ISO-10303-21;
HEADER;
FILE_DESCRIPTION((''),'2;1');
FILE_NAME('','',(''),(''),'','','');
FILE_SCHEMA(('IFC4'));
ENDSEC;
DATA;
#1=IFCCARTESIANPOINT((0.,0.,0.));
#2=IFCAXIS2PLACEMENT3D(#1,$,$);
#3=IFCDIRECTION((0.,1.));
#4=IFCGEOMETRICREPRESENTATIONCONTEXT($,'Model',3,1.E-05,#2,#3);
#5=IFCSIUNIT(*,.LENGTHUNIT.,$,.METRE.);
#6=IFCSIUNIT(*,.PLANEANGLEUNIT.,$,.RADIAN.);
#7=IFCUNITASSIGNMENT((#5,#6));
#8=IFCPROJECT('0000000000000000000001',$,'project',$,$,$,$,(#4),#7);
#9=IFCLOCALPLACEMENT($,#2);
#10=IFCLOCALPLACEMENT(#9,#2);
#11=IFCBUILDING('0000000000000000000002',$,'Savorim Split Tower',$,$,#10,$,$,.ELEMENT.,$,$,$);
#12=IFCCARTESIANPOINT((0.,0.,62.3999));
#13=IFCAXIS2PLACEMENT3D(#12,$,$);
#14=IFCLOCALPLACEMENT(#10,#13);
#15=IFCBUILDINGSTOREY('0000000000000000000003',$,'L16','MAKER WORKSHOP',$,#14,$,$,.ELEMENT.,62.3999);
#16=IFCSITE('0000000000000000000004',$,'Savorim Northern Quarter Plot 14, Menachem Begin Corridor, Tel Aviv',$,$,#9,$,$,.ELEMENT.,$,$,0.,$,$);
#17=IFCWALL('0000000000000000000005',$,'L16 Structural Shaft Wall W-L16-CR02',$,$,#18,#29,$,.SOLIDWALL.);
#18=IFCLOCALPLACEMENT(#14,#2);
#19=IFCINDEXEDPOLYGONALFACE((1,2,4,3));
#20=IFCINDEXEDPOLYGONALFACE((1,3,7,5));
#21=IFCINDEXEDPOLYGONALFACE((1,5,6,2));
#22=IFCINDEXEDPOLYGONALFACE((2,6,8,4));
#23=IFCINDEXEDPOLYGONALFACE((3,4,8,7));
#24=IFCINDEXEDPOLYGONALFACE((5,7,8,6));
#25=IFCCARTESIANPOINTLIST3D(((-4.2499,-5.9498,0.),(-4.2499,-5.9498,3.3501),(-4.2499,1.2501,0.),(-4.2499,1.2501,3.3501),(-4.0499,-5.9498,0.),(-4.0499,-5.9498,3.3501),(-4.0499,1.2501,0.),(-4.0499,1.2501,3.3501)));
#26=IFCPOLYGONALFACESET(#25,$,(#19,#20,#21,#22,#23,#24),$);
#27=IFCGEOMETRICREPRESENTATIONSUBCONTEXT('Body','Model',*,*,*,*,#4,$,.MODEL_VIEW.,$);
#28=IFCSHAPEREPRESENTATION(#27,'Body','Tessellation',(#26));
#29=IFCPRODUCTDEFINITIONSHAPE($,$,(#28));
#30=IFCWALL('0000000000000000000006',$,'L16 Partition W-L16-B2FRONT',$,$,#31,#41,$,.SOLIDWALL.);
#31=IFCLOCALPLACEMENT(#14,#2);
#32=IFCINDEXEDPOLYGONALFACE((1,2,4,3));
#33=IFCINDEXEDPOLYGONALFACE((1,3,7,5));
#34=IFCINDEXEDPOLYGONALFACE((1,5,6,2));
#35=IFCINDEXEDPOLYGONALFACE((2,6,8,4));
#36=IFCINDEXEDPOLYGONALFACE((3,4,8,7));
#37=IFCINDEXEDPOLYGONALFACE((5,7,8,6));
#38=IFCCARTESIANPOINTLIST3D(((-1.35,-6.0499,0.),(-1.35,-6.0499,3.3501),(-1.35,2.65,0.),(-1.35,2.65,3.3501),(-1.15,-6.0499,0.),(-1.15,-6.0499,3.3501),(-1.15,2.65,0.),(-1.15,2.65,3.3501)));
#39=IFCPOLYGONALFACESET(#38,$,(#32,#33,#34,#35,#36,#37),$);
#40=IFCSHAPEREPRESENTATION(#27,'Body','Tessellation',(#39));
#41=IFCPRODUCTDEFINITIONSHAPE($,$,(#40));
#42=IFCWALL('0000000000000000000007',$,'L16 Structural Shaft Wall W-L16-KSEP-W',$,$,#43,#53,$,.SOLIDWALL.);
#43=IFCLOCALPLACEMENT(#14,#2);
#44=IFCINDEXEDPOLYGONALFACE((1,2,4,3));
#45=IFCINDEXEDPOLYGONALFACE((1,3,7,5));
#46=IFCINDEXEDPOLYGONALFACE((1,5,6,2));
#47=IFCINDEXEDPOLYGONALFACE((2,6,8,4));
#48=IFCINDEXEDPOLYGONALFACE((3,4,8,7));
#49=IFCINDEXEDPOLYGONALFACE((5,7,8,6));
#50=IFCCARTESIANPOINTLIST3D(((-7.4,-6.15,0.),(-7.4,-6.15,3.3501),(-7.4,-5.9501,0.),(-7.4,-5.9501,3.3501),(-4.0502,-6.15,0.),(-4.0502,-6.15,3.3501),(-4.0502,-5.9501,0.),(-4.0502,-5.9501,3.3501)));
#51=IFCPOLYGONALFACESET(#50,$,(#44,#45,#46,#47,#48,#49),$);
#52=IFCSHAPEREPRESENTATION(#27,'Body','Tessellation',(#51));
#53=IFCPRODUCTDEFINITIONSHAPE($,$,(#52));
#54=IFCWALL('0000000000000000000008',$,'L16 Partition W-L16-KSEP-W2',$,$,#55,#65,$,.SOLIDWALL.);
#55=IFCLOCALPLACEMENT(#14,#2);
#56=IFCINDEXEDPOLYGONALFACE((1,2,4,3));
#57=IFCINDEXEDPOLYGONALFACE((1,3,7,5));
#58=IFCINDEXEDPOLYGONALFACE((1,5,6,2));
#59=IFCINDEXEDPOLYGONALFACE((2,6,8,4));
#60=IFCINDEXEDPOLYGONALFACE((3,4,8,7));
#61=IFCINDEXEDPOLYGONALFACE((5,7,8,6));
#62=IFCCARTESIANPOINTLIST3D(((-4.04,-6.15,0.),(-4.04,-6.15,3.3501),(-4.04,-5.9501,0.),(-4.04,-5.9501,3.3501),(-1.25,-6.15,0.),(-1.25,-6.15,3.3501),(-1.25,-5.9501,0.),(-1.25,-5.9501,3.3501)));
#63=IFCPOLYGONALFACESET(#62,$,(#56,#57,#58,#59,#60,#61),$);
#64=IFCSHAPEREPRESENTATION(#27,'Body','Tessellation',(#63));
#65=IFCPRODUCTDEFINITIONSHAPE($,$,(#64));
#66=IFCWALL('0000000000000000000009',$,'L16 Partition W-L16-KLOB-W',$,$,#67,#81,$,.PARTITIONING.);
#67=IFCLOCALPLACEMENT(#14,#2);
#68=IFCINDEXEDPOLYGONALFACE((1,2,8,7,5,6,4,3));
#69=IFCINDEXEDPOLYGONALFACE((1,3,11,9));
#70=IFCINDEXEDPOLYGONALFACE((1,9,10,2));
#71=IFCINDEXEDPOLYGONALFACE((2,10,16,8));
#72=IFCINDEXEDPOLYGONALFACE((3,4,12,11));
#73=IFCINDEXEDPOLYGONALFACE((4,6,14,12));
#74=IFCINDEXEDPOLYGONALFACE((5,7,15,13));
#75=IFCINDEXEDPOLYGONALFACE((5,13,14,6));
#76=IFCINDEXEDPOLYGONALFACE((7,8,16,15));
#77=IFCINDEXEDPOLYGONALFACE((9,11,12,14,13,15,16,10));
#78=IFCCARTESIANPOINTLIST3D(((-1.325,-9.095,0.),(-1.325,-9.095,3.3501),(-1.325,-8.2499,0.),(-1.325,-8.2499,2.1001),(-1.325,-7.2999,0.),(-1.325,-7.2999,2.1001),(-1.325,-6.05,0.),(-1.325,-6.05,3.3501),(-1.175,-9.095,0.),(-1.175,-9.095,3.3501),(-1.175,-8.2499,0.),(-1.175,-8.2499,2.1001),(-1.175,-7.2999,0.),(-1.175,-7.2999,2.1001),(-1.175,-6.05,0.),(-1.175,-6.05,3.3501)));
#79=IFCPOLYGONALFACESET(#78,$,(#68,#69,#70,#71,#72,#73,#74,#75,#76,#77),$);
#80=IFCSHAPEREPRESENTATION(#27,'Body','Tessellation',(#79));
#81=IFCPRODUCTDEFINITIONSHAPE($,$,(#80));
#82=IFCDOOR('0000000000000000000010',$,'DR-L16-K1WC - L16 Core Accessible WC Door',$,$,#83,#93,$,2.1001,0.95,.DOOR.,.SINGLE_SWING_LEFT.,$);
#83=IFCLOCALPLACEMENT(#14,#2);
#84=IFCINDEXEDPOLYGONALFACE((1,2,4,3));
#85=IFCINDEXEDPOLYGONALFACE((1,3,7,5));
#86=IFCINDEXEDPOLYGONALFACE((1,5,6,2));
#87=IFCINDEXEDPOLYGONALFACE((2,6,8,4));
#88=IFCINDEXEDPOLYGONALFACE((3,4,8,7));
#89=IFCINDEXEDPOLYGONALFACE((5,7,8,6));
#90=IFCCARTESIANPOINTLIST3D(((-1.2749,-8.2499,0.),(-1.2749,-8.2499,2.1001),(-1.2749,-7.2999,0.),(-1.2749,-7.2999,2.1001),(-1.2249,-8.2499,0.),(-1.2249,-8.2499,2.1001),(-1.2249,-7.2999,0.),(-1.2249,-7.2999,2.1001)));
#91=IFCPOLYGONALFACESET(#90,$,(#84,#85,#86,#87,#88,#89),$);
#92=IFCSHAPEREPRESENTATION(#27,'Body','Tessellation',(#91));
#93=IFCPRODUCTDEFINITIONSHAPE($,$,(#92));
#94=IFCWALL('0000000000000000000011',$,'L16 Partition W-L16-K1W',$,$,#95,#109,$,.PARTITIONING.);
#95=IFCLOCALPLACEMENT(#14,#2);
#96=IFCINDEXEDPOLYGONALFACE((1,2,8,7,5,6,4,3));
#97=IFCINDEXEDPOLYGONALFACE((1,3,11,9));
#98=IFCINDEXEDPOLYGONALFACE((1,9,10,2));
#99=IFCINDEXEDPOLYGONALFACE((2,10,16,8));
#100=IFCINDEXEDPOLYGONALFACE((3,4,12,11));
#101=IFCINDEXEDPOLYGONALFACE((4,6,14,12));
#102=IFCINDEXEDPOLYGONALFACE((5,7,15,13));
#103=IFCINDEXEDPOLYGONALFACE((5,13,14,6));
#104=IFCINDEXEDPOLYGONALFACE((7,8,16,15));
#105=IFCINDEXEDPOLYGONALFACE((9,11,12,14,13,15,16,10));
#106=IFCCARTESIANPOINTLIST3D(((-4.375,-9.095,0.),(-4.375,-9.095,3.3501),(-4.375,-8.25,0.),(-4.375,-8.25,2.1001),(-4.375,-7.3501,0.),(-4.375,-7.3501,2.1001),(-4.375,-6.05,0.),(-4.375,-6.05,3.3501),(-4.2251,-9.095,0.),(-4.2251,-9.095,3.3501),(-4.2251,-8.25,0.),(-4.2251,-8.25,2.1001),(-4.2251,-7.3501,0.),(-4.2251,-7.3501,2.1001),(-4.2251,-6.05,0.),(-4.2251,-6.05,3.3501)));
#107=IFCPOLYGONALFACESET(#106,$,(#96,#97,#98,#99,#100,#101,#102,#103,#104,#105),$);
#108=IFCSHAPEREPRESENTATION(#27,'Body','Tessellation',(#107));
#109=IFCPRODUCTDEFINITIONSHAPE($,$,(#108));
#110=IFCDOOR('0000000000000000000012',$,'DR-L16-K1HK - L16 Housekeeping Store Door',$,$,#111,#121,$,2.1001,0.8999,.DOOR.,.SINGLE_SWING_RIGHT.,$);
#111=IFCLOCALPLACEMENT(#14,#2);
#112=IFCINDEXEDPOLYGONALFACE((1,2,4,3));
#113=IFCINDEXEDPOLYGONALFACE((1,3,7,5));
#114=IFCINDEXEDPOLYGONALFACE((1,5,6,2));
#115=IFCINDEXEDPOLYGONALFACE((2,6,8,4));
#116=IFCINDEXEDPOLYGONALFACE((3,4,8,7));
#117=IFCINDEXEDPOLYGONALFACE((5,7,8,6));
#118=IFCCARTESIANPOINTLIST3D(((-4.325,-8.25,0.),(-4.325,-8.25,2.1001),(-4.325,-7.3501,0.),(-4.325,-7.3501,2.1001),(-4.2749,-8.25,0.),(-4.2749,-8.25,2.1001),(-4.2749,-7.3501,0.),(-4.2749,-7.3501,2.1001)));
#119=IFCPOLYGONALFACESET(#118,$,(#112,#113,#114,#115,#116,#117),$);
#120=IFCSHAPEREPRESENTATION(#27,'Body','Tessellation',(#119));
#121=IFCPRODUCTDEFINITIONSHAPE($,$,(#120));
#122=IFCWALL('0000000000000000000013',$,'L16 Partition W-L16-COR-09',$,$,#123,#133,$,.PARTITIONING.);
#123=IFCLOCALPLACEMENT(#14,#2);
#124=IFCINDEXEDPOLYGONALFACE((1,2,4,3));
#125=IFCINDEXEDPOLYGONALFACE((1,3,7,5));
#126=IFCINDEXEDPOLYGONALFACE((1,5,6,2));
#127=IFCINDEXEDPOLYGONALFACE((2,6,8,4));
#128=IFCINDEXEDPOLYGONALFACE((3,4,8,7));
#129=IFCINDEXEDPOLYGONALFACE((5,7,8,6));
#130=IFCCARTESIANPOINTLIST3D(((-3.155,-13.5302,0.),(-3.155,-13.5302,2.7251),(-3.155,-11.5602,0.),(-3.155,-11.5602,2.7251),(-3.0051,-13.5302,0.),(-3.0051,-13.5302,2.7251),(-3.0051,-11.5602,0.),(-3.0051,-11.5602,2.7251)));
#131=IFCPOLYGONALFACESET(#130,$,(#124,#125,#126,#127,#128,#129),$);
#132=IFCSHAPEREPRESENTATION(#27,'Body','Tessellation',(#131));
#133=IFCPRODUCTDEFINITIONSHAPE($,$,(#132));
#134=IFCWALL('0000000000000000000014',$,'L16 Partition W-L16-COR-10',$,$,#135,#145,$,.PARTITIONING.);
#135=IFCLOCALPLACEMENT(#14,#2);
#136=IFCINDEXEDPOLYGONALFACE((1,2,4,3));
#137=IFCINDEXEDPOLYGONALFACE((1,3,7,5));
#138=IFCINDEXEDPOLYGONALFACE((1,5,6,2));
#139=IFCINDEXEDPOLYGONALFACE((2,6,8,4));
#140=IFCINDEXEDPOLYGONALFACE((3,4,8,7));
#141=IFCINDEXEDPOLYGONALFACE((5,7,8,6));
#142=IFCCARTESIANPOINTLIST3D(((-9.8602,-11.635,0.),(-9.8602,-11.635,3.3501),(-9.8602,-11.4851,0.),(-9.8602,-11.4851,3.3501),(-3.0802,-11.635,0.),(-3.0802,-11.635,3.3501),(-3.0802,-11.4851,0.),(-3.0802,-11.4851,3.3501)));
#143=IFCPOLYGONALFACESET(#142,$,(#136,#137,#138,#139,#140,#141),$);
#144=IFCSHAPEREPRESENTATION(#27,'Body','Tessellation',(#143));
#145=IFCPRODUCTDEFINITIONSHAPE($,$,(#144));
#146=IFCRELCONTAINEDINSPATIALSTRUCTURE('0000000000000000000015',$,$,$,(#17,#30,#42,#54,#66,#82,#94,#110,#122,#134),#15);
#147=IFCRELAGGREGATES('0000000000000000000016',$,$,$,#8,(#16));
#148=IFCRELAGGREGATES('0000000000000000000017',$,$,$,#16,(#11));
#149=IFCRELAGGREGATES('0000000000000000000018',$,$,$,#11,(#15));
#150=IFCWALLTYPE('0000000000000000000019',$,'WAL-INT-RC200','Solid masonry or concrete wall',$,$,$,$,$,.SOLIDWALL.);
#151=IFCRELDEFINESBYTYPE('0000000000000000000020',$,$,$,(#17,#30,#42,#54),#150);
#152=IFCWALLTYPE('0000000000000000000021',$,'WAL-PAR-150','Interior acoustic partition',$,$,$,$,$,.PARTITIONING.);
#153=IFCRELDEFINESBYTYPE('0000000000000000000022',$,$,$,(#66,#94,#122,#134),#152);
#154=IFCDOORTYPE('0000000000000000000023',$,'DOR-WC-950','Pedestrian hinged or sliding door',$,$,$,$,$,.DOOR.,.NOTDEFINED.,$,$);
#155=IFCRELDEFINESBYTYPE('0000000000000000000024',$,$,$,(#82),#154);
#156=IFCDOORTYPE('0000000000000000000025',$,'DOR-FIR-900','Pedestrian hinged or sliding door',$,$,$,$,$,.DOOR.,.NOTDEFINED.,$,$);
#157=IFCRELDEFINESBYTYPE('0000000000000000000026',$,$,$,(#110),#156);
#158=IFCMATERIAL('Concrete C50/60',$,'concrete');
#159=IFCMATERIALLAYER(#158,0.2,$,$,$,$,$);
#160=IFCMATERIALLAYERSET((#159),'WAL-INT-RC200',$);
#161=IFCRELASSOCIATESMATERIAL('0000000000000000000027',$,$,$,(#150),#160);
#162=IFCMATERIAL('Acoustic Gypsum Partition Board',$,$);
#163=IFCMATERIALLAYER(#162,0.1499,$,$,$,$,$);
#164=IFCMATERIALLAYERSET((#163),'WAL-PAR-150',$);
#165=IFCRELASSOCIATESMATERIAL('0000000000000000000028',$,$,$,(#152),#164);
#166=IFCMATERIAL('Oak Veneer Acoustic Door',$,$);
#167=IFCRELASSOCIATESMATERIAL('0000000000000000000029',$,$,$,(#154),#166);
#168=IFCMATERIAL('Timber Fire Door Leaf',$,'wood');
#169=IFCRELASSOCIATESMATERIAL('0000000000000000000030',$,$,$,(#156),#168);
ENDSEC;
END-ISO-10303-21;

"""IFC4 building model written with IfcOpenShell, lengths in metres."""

from ifc_helpers import new_model, si_unit, direction, frame, frame_2d, origin, place, context, subcontext, project, spatial, rectangle, extrude, material, layer, layer_set, type_object, element, fill, save


model = new_model("IFC4")

# Units and contexts
model_context = context("Model", 3, precision=1e-05, world=origin(), true_north=direction((0.0, 1.0)))
body_context = subcontext(model_context, "Body", "Model", "MODEL_VIEW")
ifc_project = project(units=[si_unit("LENGTHUNIT", "METRE"), si_unit("PLANEANGLEUNIT", "RADIAN")], contexts=[model_context])

# Site, building, storey
site_placement = place(None, origin())
site = spatial("IfcSite", under=ifc_project, at=site_placement, Name="Savorim Northern Quarter Plot 14, Menachem Begin Corridor, Tel Aviv", CompositionType="ELEMENT", RefElevation=0.0)
building_placement = place(site_placement, origin())
building = spatial("IfcBuilding", under=site, at=building_placement, Name="Savorim Split Tower", CompositionType="ELEMENT")
storey_placement = place(building_placement, frame((0.0, 0.0, 62.3999)))
storey = spatial("IfcBuildingStorey", under=building, at=storey_placement, Name="L16", Description="MAKER WORKSHOP", CompositionType="ELEMENT", Elevation=62.3999)

# Shared definitions
ifc_material_1 = material(Name="Timber Fire Door Leaf", Category="wood")

# Walls
ifc_material_2 = material(Name="Concrete C50/60", Category="concrete")
ifc_layer_1 = layer(ifc_material_2, 0.2)
ifc_layer_set_1 = layer_set([ifc_layer_1], Name="WAL-INT-RC200")
wall_type_1 = type_object("IfcWallType", Name="WAL-INT-RC200", Description="Solid masonry or concrete wall", PredefinedType="SOLIDWALL", material=ifc_layer_set_1)
wall_1_placement = place(storey_placement, frame((-4.1499, -5.95, 0.0), z_axis=(0.0, 0.0, 1.0), x_axis=(0.0, 1.0, 0.0)))
element("IfcWall", 1, at=wall_1_placement, inside=storey, type_object=wall_type_1, Name="L16 Structural Shaft Wall W-L16-CR02", PredefinedType="SOLIDWALL", context=body_context, shape_type="SweptSolid", body=[
    extrude(rectangle(XDim=7.2, YDim=0.2, at=frame_2d((3.6001, 0.0))), origin(), (0.0, 0.0, 1.0), 3.3501),
])
wall_2_placement = place(storey_placement, frame((-1.25, -6.05, 0.0), z_axis=(0.0, 0.0, 1.0), x_axis=(0.0, 1.0, 0.0)))
element("IfcWall", 2, at=wall_2_placement, inside=storey, type_object=wall_type_1, Name="L16 Partition W-L16-B2FRONT", PredefinedType="SOLIDWALL", context=body_context, shape_type="SweptSolid", body=[
    extrude(rectangle(XDim=8.7, YDim=0.2, at=frame_2d((4.3501, 0.0))), origin(), (0.0, 0.0, 1.0), 3.3501),
])
wall_3_placement = place(storey_placement, frame((-7.3999, -6.05, 0.0), z_axis=(0.0, 0.0, 1.0), x_axis=(1.0, 0.0, 0.0)))
element("IfcWall", 3, at=wall_3_placement, inside=storey, type_object=wall_type_1, Name="L16 Structural Shaft Wall W-L16-KSEP-W", PredefinedType="SOLIDWALL", context=body_context, shape_type="SweptSolid", body=[
    extrude(rectangle(XDim=3.3499, YDim=0.2, at=frame_2d((1.6748, 0.0))), origin(), (0.0, 0.0, 1.0), 3.3501),
])
wall_4_placement = place(storey_placement, frame((-4.04, -6.05, 0.0), z_axis=(0.0, 0.0, 1.0), x_axis=(1.0, 0.0, 0.0)))
element("IfcWall", 4, at=wall_4_placement, inside=storey, type_object=wall_type_1, Name="L16 Partition W-L16-KSEP-W2", PredefinedType="SOLIDWALL", context=body_context, shape_type="SweptSolid", body=[
    extrude(rectangle(XDim=2.79, YDim=0.2, at=frame_2d((1.395, 0.0))), origin(), (0.0, 0.0, 1.0), 3.3501),
])

# Walls, openings, doors
ifc_material_3 = material(Name="Acoustic Gypsum Partition Board")
ifc_layer_2 = layer(ifc_material_3, 0.1499)
ifc_layer_set_2 = layer_set([ifc_layer_2], Name="WAL-PAR-150")
wall_type_2 = type_object("IfcWallType", Name="WAL-PAR-150", Description="Interior acoustic partition", PredefinedType="PARTITIONING", material=ifc_layer_set_2)
wall_5_placement = place(storey_placement, frame((-1.25, -9.095, 0.0), z_axis=(0.0, 0.0, 1.0), x_axis=(0.0, 1.0, 0.0)))
wall_5 = element("IfcWall", 5, at=wall_5_placement, inside=storey, type_object=wall_type_2, Name="L16 Partition W-L16-KLOB-W", PredefinedType="PARTITIONING", context=body_context, shape_type="SweptSolid", body=[
    extrude(rectangle(XDim=3.0449, YDim=0.1499, at=frame_2d((1.5225, 0.0))), origin(), (0.0, 0.0, 1.0), 3.3501),
])
opening_1_placement = place(wall_5_placement, frame((0.845, 0.0, 0.0)))
opening_1 = element("IfcOpeningElement", 6, at=opening_1_placement, cuts=wall_5, PredefinedType="OPENING", context=body_context, shape_type="SweptSolid", body=[
    extrude(rectangle(XDim=0.95, YDim=2.1001, at=frame_2d((0.4751, 1.05))), frame((0.0, 0.085, 0.0), z_axis=(0.0, -1.0, 0.0), x_axis=(1.0, 0.0, 0.0)), (0.0, 0.0, 1.0), 0.1699),
])
ifc_material_4 = material(Name="Oak Veneer Acoustic Door")
door_type_1 = type_object("IfcDoorType", Name="DOR-WC-950", Description="Pedestrian hinged or sliding door", OperationType="NOTDEFINED", PredefinedType="DOOR", material=ifc_material_4)
door_1_placement = place(opening_1_placement, origin())
door_1 = element("IfcDoor", 7, at=door_1_placement, inside=storey, type_object=door_type_1, Name="DR-L16-K1WC - L16 Core Accessible WC Door", OperationType="SINGLE_SWING_LEFT", OverallHeight=2.1001, OverallWidth=0.95, PredefinedType="DOOR", context=body_context, shape_type="SweptSolid", body=[
    extrude(rectangle(XDim=0.95, YDim=2.1001, at=frame_2d((0.4751, 1.05))), frame((0.0, 0.0249, 0.0), z_axis=(0.0, -1.0, 0.0), x_axis=(1.0, 0.0, 0.0)), (0.0, 0.0, 1.0), 0.05),
])
fill(opening_1, door_1)
wall_6_placement = place(storey_placement, frame((-4.3, -9.095, 0.0), z_axis=(0.0, 0.0, 1.0), x_axis=(0.0, 1.0, 0.0)))
wall_6 = element("IfcWall", 8, at=wall_6_placement, inside=storey, type_object=wall_type_2, Name="L16 Partition W-L16-K1W", PredefinedType="PARTITIONING", context=body_context, shape_type="SweptSolid", body=[
    extrude(rectangle(XDim=3.0449, YDim=0.1499, at=frame_2d((1.5225, 0.0))), origin(), (0.0, 0.0, 1.0), 3.3501),
])
opening_2_placement = place(wall_6_placement, frame((0.845, 0.0, 0.0)))
opening_2 = element("IfcOpeningElement", 9, at=opening_2_placement, cuts=wall_6, PredefinedType="OPENING", context=body_context, shape_type="SweptSolid", body=[
    extrude(rectangle(XDim=0.8999, YDim=2.1001, at=frame_2d((0.45, 1.05))), frame((0.0, 0.085, 0.0), z_axis=(0.0, -1.0, 0.0), x_axis=(1.0, 0.0, 0.0)), (0.0, 0.0, 1.0), 0.1699),
])
door_type_2 = type_object("IfcDoorType", Name="DOR-FIR-900", Description="Pedestrian hinged or sliding door", OperationType="NOTDEFINED", PredefinedType="DOOR", material=ifc_material_1)
door_2_placement = place(opening_2_placement, origin())
door_2 = element("IfcDoor", 10, at=door_2_placement, inside=storey, type_object=door_type_2, Name="DR-L16-K1HK - L16 Housekeeping Store Door", OperationType="SINGLE_SWING_RIGHT", OverallHeight=2.1001, OverallWidth=0.8999, PredefinedType="DOOR", context=body_context, shape_type="SweptSolid", body=[
    extrude(rectangle(XDim=0.8999, YDim=2.1001, at=frame_2d((0.45, 1.05))), frame((0.0, 0.0249, 0.0), z_axis=(0.0, -1.0, 0.0), x_axis=(1.0, 0.0, 0.0)), (0.0, 0.0, 1.0), 0.05),
])
fill(opening_2, door_2)

# Walls
wall_7_placement = place(storey_placement, frame((-3.0801, -13.53, 0.0), z_axis=(0.0, 0.0, 1.0), x_axis=(0.0, 1.0, 0.0)))
element("IfcWall", 11, at=wall_7_placement, inside=storey, type_object=wall_type_2, Name="L16 Partition W-L16-COR-09", PredefinedType="PARTITIONING", context=body_context, shape_type="SweptSolid", body=[
    extrude(rectangle(XDim=1.97, YDim=0.1499, at=frame_2d((0.9849, 0.0))), origin(), (0.0, 0.0, 1.0), 2.7251),
])
wall_8_placement = place(storey_placement, frame((-3.0801, -11.5601, 0.0), z_axis=(0.0, 0.0, 1.0), x_axis=(-1.0, 0.0, 0.0)))
element("IfcWall", 12, at=wall_8_placement, inside=storey, type_object=wall_type_2, Name="L16 Partition W-L16-COR-10", PredefinedType="PARTITIONING", context=body_context, shape_type="SweptSolid", body=[
    extrude(rectangle(XDim=6.78, YDim=0.1499, at=frame_2d((3.3901, 0.0))), origin(), (0.0, 0.0, 1.0), 3.3501),
])

save(model, "model.ifc")
